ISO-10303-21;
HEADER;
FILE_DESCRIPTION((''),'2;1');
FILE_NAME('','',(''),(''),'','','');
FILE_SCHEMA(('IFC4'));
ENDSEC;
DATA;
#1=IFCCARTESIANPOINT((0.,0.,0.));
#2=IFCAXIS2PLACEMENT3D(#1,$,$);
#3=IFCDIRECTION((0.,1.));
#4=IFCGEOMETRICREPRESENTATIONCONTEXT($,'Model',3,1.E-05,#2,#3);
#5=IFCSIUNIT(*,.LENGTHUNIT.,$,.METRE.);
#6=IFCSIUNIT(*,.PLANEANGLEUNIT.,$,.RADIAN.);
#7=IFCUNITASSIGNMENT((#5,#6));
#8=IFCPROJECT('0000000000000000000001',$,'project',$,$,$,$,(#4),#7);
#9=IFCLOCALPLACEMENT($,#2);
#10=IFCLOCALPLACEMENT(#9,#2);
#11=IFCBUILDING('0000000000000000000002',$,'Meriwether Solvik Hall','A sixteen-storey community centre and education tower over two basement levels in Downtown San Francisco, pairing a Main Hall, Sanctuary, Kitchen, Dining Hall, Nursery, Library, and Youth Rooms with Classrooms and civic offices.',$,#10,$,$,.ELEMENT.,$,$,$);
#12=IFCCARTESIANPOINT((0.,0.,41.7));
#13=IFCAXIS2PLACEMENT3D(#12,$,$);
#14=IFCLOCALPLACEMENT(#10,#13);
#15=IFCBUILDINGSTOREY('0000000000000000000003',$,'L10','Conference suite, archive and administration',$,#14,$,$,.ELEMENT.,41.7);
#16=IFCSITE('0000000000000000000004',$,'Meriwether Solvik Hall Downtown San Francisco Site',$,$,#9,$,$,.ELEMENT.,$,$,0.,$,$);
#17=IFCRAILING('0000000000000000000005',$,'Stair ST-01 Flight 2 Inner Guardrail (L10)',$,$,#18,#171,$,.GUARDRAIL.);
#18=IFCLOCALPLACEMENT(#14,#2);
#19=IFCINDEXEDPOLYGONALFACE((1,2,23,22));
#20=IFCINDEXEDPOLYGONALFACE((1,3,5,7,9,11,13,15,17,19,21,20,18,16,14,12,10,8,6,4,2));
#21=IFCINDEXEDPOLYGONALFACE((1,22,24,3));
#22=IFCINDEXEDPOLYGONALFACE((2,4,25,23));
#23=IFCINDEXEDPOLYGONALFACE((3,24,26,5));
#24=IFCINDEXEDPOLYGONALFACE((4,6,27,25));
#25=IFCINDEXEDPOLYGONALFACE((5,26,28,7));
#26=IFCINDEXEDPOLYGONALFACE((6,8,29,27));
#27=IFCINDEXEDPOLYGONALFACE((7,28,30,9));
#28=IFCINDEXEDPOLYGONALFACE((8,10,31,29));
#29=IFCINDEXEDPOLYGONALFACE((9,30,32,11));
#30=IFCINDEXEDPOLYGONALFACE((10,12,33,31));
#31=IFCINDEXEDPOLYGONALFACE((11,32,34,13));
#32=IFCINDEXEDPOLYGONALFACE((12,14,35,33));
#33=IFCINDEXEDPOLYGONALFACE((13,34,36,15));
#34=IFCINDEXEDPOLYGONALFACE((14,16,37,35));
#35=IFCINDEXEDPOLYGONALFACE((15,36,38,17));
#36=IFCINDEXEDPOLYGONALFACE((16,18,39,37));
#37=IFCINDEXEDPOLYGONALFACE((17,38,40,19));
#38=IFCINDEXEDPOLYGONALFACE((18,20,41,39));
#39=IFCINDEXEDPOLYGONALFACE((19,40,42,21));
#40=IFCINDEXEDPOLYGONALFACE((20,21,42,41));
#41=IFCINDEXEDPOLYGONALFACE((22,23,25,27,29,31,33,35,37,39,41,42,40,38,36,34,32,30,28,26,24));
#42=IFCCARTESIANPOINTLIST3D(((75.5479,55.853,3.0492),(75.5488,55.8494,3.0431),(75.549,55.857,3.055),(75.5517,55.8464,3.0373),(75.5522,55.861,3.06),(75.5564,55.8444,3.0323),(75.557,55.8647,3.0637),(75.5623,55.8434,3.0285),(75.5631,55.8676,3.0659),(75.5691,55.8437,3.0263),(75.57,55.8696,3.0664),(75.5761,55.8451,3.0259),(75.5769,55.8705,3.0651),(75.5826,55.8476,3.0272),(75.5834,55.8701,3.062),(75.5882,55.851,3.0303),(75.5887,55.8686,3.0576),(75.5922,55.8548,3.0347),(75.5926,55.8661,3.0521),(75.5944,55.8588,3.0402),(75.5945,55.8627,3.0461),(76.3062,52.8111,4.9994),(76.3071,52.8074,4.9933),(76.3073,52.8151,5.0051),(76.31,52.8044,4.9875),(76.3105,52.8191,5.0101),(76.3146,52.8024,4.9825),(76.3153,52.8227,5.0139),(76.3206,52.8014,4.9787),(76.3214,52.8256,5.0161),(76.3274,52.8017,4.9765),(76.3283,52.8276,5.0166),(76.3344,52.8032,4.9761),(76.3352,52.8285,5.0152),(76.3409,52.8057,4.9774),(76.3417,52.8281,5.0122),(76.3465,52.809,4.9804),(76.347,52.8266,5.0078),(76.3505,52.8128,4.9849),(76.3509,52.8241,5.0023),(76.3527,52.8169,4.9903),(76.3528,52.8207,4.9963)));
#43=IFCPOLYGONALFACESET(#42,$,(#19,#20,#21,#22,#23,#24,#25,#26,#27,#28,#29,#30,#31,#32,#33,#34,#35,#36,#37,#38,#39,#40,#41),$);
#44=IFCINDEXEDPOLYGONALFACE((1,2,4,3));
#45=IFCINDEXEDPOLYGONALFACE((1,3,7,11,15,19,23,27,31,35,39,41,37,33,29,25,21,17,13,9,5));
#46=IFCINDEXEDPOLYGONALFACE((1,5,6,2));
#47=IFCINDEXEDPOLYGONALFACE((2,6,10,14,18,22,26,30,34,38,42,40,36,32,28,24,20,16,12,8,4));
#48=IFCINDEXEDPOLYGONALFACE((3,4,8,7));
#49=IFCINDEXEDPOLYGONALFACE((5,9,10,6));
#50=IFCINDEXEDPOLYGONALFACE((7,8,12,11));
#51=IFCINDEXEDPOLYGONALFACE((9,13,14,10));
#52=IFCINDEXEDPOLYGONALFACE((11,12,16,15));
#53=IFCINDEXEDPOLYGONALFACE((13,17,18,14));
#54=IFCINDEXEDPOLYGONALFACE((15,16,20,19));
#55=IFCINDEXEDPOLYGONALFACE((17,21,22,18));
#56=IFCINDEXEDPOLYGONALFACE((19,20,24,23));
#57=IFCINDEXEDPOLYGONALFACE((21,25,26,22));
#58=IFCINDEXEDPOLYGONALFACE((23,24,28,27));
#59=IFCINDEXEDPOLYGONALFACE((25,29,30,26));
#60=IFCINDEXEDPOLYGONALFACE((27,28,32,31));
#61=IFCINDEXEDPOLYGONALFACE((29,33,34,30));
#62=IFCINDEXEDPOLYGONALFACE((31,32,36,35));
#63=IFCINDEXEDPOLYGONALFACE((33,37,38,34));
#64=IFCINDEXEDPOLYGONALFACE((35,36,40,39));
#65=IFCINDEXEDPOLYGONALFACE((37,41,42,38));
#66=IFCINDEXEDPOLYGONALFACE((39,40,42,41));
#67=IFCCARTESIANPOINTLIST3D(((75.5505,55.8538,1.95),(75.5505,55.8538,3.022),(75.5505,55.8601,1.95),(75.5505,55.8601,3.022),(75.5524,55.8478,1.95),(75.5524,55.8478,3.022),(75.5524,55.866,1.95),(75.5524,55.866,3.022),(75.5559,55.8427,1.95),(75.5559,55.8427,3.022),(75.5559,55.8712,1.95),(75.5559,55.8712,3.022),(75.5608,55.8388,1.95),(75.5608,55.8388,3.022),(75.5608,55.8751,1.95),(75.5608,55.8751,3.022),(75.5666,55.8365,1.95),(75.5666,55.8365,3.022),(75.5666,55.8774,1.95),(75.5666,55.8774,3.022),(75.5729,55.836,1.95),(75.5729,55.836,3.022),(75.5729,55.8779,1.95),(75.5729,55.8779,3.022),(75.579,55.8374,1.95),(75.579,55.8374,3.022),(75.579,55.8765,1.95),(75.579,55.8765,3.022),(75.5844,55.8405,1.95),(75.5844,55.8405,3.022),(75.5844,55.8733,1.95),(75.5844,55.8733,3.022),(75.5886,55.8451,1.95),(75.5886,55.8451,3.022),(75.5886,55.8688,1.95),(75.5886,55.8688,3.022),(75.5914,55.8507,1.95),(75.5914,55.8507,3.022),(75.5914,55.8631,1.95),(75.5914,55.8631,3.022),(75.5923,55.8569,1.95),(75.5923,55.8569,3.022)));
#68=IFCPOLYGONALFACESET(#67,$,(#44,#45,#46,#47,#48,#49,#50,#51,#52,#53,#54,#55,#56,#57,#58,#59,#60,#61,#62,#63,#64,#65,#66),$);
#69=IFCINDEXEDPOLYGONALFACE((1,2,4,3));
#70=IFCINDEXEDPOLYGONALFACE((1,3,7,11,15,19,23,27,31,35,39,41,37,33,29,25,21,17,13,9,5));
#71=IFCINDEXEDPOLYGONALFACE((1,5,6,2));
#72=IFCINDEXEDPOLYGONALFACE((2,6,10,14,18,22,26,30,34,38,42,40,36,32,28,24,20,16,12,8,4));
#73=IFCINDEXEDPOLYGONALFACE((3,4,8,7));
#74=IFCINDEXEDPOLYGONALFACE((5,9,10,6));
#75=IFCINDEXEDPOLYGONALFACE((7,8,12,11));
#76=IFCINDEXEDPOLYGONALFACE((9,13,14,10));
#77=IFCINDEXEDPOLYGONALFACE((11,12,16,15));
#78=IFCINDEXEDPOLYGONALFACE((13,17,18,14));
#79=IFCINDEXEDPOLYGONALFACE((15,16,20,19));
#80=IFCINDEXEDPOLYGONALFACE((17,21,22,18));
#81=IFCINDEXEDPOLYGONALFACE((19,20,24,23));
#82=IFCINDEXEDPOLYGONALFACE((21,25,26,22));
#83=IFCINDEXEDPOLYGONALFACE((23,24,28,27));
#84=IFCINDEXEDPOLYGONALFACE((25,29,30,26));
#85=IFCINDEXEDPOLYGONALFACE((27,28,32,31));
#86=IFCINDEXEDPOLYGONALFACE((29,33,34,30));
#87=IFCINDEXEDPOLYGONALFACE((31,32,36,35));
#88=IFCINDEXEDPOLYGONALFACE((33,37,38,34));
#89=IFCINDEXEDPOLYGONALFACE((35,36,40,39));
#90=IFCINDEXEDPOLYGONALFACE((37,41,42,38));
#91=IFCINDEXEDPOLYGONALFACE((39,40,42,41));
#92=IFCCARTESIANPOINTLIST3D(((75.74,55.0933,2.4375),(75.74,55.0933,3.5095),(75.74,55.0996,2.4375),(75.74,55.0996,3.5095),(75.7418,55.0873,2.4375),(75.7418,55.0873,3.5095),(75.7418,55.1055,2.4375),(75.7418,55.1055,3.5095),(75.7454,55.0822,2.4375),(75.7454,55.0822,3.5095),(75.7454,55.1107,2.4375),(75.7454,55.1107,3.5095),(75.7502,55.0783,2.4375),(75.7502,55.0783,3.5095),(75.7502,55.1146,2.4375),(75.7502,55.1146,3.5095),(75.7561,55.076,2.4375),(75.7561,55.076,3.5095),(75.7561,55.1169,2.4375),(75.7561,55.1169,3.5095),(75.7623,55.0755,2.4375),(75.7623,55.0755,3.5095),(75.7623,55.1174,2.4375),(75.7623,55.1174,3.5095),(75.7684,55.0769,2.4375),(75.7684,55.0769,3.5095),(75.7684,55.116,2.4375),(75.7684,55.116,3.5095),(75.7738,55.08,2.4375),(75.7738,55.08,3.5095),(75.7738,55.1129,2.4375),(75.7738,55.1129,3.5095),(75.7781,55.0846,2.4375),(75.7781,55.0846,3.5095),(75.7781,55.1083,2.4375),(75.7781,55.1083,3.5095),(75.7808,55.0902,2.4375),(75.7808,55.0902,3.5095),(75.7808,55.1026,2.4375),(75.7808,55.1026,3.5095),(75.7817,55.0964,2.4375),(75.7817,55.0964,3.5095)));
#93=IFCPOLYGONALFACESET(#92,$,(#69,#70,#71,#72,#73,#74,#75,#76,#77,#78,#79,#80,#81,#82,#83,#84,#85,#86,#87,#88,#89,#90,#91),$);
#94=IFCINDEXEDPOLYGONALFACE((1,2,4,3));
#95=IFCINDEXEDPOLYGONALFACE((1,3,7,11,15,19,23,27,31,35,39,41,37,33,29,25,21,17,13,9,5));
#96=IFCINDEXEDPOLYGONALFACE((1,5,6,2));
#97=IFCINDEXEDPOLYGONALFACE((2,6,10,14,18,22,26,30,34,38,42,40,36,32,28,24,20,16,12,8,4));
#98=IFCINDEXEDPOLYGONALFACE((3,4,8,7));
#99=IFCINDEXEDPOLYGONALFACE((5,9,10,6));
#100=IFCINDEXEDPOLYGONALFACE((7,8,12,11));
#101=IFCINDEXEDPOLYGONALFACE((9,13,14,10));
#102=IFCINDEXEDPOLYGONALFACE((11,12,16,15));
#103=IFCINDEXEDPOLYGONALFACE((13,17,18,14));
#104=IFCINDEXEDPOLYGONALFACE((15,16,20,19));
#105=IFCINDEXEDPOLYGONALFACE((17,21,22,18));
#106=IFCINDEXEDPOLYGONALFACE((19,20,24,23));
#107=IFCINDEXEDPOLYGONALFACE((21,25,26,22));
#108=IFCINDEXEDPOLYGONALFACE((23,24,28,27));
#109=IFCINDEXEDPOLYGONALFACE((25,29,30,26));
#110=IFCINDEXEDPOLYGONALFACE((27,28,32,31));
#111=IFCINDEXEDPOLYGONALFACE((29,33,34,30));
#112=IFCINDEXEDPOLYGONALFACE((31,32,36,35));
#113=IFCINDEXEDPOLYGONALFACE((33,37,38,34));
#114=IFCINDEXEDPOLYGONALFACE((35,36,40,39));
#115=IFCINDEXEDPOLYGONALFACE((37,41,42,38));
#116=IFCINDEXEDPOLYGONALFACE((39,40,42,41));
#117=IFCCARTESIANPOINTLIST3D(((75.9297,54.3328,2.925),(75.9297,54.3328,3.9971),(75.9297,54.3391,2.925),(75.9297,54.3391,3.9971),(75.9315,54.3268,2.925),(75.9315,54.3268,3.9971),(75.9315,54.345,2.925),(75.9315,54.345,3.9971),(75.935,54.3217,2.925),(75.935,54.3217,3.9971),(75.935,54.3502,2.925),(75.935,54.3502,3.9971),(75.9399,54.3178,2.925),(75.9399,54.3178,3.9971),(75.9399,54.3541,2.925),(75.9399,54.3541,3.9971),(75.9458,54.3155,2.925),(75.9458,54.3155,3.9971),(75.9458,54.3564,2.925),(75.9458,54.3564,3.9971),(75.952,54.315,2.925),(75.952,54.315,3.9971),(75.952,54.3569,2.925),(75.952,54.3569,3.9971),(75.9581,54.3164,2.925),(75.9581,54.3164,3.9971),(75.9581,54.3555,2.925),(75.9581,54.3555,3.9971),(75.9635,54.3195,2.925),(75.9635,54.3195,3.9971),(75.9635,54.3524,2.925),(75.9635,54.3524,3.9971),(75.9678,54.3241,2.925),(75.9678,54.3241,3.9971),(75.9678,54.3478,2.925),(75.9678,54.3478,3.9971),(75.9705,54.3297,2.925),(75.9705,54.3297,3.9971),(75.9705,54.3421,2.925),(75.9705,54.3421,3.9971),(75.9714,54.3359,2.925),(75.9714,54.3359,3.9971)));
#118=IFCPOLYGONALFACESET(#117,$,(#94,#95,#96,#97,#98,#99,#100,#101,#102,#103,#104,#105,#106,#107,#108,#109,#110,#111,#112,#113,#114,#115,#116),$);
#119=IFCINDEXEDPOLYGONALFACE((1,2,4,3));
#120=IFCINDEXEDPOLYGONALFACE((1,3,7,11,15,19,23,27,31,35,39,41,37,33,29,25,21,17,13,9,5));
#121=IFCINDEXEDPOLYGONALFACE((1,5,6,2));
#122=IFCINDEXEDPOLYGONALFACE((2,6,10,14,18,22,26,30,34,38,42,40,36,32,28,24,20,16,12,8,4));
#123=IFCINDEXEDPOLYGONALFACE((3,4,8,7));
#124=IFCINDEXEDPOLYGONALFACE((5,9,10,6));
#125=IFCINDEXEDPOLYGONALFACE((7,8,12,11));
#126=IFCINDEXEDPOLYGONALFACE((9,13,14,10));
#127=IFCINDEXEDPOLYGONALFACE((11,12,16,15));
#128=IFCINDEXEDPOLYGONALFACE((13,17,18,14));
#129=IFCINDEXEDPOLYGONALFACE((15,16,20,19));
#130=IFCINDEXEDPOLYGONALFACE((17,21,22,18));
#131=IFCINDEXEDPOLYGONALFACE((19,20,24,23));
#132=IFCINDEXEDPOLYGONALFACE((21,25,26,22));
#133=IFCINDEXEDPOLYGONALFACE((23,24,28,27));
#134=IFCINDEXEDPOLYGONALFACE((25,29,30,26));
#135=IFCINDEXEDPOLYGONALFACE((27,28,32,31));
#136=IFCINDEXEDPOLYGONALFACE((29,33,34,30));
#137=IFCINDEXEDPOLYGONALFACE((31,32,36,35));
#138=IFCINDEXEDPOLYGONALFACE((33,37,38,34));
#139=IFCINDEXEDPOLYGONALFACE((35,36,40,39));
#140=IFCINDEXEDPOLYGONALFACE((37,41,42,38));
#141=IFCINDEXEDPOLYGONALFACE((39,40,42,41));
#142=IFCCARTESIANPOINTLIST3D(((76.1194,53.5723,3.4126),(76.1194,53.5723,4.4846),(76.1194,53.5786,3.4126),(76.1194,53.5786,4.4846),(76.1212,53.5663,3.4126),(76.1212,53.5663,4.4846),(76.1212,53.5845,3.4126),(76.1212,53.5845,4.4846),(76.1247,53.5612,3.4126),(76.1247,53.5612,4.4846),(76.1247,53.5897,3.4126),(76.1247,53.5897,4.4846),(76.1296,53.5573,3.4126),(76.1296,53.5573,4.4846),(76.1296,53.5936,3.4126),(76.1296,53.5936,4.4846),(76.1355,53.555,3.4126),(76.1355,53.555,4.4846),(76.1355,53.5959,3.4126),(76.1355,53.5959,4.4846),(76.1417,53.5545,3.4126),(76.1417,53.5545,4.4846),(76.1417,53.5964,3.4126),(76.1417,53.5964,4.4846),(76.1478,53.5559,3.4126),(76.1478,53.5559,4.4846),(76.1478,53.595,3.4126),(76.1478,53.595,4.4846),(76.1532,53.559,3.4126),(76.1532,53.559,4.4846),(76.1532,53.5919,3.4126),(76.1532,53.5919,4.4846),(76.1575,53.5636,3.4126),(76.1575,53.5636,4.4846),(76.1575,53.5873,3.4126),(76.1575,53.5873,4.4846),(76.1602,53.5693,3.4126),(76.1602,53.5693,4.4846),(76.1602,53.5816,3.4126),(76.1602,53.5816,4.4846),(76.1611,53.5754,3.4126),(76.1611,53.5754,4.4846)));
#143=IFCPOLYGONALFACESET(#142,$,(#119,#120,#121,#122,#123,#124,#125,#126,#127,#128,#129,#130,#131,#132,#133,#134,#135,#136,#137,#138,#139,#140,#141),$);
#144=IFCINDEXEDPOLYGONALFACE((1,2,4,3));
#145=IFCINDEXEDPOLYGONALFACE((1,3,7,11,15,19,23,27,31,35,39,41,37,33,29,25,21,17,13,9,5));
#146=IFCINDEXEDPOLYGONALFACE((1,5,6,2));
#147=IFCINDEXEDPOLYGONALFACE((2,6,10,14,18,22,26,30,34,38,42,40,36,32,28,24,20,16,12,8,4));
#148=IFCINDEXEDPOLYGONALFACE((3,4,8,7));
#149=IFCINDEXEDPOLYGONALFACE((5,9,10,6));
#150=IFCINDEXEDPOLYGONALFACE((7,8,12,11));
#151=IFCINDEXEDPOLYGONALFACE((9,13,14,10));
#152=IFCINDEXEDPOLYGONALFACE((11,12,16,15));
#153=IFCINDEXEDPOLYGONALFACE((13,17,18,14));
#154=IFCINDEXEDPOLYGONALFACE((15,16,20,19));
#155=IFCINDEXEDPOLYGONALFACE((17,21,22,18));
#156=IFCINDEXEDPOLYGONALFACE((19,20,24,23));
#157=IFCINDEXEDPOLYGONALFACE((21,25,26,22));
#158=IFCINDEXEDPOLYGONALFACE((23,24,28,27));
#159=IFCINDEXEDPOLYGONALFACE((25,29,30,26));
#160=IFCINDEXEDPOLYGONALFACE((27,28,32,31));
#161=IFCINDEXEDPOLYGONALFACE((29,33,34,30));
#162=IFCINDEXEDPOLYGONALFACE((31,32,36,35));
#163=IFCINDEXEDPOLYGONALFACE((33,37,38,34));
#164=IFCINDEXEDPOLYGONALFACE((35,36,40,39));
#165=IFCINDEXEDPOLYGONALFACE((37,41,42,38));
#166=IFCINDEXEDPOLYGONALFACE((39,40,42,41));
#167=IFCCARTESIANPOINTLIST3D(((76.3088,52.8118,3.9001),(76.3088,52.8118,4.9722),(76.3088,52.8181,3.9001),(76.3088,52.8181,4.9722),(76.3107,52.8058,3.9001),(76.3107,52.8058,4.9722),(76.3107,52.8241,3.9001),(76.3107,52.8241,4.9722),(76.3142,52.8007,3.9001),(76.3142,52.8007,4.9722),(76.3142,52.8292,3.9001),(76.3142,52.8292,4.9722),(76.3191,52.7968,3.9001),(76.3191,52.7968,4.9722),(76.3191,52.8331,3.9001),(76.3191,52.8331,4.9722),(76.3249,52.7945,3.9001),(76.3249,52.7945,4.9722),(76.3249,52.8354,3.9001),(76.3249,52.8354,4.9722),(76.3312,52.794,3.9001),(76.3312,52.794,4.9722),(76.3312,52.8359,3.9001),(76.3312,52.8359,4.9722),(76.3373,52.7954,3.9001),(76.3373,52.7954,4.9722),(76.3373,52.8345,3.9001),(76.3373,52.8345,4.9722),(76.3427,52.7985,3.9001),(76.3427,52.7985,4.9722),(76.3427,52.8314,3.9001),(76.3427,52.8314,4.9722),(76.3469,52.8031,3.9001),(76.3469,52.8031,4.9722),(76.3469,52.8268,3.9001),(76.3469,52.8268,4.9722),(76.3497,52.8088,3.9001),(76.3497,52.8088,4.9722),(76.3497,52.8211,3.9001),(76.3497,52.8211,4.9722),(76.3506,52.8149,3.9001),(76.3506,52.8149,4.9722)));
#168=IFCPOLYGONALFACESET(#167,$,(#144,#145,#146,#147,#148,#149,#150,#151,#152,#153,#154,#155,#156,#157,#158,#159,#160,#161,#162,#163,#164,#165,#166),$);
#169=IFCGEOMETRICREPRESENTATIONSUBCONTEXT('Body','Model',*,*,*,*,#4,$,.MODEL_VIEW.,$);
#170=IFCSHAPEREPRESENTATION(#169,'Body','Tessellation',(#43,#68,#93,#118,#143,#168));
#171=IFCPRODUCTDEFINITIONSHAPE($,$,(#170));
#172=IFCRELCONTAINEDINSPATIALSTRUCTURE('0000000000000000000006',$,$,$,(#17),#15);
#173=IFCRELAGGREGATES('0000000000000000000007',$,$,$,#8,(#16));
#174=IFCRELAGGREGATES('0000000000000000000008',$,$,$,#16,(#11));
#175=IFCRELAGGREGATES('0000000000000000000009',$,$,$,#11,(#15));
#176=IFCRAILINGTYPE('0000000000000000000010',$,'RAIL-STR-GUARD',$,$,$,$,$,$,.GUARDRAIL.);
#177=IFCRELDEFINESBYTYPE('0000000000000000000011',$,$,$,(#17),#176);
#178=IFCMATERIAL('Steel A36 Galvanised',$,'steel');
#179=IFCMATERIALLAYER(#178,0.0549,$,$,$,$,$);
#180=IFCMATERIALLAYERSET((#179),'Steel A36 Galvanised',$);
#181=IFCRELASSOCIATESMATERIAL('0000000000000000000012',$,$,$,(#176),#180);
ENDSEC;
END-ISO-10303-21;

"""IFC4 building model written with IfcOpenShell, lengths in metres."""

from ifc_helpers import new_model, si_unit, direction, frame, origin, origin_2d, place, context, subcontext, project, spatial, circle, extrude, material, layer, layer_set, type_object, element, save


model = new_model("IFC4")

# Units and contexts
model_context = context("Model", 3, precision=1e-05, world=origin(), true_north=direction((0.0, 1.0)))
body_context = subcontext(model_context, "Body", "Model", "MODEL_VIEW")
ifc_project = project(units=[si_unit("LENGTHUNIT", "METRE"), si_unit("PLANEANGLEUNIT", "RADIAN")], contexts=[model_context])

# Site, building, storey
site_placement = place(None, origin())
site = spatial("IfcSite", under=ifc_project, at=site_placement, Name="Meriwether Solvik Hall Downtown San Francisco Site", CompositionType="ELEMENT", RefElevation=0.0)
building_placement = place(site_placement, origin())
building = spatial("IfcBuilding", under=site, at=building_placement, Name="Meriwether Solvik Hall", Description="A sixteen-storey community centre and education tower over two basement levels in Downtown San Francisco, pairing a Main Hall, Sanctuary, Kitchen, Dining Hall, Nursery, Library, and Youth Rooms with Classrooms and civic offices.", CompositionType="ELEMENT")
storey_placement = place(building_placement, frame((0.0, 0.0, 41.7)))
storey = spatial("IfcBuildingStorey", under=building, at=storey_placement, Name="L10", Description="Conference suite, archive and administration", CompositionType="ELEMENT", Elevation=41.7)

# Railing
ifc_material_1 = material(Name="Steel A36 Galvanised", Category="steel")
ifc_layer_1 = layer(ifc_material_1, 0.0549)
ifc_layer_set_1 = layer_set([ifc_layer_1], Name="Steel A36 Galvanised")
railing_type_1 = type_object("IfcRailingType", Name="RAIL-STR-GUARD", PredefinedType="GUARDRAIL", material=ifc_layer_set_1)
railing_1_placement = place(storey_placement, frame((75.5713, 55.8569, 1.95)))
element("IfcRailing", 1, at=railing_1_placement, inside=storey, type_object=railing_type_1, Name="Stair ST-01 Flight 2 Inner Guardrail (L10)", PredefinedType="GUARDRAIL", context=body_context, shape_type="SweptSolid", body=[
    extrude(circle(Radius=0.0239, at=origin_2d()), frame((0.0, 0.0, 1.0962), z_axis=(0.205382, -0.823907, 0.5282), x_axis=(0.970307, 0.241876, 0.0)), (0.0, 0.0, 1.0), 3.6921),
    extrude(circle(Radius=0.021, at=origin_2d()), origin(), (0.0, 0.0, 1.0), 1.072),
    extrude(circle(Radius=0.021, at=origin_2d()), frame((0.1895, -0.7605, 0.4875)), (0.0, 0.0, 1.0), 1.072),
    extrude(circle(Radius=0.021, at=origin_2d()), frame((0.3792, -1.521, 0.9751)), (0.0, 0.0, 1.0), 1.072),
    extrude(circle(Radius=0.021, at=origin_2d()), frame((0.5688, -2.2815, 1.4626)), (0.0, 0.0, 1.0), 1.072),
    extrude(circle(Radius=0.021, at=origin_2d()), frame((0.7583, -3.042, 1.9502)), (0.0, 0.0, 1.0), 1.072),
])

save(model, "model.ifc")
